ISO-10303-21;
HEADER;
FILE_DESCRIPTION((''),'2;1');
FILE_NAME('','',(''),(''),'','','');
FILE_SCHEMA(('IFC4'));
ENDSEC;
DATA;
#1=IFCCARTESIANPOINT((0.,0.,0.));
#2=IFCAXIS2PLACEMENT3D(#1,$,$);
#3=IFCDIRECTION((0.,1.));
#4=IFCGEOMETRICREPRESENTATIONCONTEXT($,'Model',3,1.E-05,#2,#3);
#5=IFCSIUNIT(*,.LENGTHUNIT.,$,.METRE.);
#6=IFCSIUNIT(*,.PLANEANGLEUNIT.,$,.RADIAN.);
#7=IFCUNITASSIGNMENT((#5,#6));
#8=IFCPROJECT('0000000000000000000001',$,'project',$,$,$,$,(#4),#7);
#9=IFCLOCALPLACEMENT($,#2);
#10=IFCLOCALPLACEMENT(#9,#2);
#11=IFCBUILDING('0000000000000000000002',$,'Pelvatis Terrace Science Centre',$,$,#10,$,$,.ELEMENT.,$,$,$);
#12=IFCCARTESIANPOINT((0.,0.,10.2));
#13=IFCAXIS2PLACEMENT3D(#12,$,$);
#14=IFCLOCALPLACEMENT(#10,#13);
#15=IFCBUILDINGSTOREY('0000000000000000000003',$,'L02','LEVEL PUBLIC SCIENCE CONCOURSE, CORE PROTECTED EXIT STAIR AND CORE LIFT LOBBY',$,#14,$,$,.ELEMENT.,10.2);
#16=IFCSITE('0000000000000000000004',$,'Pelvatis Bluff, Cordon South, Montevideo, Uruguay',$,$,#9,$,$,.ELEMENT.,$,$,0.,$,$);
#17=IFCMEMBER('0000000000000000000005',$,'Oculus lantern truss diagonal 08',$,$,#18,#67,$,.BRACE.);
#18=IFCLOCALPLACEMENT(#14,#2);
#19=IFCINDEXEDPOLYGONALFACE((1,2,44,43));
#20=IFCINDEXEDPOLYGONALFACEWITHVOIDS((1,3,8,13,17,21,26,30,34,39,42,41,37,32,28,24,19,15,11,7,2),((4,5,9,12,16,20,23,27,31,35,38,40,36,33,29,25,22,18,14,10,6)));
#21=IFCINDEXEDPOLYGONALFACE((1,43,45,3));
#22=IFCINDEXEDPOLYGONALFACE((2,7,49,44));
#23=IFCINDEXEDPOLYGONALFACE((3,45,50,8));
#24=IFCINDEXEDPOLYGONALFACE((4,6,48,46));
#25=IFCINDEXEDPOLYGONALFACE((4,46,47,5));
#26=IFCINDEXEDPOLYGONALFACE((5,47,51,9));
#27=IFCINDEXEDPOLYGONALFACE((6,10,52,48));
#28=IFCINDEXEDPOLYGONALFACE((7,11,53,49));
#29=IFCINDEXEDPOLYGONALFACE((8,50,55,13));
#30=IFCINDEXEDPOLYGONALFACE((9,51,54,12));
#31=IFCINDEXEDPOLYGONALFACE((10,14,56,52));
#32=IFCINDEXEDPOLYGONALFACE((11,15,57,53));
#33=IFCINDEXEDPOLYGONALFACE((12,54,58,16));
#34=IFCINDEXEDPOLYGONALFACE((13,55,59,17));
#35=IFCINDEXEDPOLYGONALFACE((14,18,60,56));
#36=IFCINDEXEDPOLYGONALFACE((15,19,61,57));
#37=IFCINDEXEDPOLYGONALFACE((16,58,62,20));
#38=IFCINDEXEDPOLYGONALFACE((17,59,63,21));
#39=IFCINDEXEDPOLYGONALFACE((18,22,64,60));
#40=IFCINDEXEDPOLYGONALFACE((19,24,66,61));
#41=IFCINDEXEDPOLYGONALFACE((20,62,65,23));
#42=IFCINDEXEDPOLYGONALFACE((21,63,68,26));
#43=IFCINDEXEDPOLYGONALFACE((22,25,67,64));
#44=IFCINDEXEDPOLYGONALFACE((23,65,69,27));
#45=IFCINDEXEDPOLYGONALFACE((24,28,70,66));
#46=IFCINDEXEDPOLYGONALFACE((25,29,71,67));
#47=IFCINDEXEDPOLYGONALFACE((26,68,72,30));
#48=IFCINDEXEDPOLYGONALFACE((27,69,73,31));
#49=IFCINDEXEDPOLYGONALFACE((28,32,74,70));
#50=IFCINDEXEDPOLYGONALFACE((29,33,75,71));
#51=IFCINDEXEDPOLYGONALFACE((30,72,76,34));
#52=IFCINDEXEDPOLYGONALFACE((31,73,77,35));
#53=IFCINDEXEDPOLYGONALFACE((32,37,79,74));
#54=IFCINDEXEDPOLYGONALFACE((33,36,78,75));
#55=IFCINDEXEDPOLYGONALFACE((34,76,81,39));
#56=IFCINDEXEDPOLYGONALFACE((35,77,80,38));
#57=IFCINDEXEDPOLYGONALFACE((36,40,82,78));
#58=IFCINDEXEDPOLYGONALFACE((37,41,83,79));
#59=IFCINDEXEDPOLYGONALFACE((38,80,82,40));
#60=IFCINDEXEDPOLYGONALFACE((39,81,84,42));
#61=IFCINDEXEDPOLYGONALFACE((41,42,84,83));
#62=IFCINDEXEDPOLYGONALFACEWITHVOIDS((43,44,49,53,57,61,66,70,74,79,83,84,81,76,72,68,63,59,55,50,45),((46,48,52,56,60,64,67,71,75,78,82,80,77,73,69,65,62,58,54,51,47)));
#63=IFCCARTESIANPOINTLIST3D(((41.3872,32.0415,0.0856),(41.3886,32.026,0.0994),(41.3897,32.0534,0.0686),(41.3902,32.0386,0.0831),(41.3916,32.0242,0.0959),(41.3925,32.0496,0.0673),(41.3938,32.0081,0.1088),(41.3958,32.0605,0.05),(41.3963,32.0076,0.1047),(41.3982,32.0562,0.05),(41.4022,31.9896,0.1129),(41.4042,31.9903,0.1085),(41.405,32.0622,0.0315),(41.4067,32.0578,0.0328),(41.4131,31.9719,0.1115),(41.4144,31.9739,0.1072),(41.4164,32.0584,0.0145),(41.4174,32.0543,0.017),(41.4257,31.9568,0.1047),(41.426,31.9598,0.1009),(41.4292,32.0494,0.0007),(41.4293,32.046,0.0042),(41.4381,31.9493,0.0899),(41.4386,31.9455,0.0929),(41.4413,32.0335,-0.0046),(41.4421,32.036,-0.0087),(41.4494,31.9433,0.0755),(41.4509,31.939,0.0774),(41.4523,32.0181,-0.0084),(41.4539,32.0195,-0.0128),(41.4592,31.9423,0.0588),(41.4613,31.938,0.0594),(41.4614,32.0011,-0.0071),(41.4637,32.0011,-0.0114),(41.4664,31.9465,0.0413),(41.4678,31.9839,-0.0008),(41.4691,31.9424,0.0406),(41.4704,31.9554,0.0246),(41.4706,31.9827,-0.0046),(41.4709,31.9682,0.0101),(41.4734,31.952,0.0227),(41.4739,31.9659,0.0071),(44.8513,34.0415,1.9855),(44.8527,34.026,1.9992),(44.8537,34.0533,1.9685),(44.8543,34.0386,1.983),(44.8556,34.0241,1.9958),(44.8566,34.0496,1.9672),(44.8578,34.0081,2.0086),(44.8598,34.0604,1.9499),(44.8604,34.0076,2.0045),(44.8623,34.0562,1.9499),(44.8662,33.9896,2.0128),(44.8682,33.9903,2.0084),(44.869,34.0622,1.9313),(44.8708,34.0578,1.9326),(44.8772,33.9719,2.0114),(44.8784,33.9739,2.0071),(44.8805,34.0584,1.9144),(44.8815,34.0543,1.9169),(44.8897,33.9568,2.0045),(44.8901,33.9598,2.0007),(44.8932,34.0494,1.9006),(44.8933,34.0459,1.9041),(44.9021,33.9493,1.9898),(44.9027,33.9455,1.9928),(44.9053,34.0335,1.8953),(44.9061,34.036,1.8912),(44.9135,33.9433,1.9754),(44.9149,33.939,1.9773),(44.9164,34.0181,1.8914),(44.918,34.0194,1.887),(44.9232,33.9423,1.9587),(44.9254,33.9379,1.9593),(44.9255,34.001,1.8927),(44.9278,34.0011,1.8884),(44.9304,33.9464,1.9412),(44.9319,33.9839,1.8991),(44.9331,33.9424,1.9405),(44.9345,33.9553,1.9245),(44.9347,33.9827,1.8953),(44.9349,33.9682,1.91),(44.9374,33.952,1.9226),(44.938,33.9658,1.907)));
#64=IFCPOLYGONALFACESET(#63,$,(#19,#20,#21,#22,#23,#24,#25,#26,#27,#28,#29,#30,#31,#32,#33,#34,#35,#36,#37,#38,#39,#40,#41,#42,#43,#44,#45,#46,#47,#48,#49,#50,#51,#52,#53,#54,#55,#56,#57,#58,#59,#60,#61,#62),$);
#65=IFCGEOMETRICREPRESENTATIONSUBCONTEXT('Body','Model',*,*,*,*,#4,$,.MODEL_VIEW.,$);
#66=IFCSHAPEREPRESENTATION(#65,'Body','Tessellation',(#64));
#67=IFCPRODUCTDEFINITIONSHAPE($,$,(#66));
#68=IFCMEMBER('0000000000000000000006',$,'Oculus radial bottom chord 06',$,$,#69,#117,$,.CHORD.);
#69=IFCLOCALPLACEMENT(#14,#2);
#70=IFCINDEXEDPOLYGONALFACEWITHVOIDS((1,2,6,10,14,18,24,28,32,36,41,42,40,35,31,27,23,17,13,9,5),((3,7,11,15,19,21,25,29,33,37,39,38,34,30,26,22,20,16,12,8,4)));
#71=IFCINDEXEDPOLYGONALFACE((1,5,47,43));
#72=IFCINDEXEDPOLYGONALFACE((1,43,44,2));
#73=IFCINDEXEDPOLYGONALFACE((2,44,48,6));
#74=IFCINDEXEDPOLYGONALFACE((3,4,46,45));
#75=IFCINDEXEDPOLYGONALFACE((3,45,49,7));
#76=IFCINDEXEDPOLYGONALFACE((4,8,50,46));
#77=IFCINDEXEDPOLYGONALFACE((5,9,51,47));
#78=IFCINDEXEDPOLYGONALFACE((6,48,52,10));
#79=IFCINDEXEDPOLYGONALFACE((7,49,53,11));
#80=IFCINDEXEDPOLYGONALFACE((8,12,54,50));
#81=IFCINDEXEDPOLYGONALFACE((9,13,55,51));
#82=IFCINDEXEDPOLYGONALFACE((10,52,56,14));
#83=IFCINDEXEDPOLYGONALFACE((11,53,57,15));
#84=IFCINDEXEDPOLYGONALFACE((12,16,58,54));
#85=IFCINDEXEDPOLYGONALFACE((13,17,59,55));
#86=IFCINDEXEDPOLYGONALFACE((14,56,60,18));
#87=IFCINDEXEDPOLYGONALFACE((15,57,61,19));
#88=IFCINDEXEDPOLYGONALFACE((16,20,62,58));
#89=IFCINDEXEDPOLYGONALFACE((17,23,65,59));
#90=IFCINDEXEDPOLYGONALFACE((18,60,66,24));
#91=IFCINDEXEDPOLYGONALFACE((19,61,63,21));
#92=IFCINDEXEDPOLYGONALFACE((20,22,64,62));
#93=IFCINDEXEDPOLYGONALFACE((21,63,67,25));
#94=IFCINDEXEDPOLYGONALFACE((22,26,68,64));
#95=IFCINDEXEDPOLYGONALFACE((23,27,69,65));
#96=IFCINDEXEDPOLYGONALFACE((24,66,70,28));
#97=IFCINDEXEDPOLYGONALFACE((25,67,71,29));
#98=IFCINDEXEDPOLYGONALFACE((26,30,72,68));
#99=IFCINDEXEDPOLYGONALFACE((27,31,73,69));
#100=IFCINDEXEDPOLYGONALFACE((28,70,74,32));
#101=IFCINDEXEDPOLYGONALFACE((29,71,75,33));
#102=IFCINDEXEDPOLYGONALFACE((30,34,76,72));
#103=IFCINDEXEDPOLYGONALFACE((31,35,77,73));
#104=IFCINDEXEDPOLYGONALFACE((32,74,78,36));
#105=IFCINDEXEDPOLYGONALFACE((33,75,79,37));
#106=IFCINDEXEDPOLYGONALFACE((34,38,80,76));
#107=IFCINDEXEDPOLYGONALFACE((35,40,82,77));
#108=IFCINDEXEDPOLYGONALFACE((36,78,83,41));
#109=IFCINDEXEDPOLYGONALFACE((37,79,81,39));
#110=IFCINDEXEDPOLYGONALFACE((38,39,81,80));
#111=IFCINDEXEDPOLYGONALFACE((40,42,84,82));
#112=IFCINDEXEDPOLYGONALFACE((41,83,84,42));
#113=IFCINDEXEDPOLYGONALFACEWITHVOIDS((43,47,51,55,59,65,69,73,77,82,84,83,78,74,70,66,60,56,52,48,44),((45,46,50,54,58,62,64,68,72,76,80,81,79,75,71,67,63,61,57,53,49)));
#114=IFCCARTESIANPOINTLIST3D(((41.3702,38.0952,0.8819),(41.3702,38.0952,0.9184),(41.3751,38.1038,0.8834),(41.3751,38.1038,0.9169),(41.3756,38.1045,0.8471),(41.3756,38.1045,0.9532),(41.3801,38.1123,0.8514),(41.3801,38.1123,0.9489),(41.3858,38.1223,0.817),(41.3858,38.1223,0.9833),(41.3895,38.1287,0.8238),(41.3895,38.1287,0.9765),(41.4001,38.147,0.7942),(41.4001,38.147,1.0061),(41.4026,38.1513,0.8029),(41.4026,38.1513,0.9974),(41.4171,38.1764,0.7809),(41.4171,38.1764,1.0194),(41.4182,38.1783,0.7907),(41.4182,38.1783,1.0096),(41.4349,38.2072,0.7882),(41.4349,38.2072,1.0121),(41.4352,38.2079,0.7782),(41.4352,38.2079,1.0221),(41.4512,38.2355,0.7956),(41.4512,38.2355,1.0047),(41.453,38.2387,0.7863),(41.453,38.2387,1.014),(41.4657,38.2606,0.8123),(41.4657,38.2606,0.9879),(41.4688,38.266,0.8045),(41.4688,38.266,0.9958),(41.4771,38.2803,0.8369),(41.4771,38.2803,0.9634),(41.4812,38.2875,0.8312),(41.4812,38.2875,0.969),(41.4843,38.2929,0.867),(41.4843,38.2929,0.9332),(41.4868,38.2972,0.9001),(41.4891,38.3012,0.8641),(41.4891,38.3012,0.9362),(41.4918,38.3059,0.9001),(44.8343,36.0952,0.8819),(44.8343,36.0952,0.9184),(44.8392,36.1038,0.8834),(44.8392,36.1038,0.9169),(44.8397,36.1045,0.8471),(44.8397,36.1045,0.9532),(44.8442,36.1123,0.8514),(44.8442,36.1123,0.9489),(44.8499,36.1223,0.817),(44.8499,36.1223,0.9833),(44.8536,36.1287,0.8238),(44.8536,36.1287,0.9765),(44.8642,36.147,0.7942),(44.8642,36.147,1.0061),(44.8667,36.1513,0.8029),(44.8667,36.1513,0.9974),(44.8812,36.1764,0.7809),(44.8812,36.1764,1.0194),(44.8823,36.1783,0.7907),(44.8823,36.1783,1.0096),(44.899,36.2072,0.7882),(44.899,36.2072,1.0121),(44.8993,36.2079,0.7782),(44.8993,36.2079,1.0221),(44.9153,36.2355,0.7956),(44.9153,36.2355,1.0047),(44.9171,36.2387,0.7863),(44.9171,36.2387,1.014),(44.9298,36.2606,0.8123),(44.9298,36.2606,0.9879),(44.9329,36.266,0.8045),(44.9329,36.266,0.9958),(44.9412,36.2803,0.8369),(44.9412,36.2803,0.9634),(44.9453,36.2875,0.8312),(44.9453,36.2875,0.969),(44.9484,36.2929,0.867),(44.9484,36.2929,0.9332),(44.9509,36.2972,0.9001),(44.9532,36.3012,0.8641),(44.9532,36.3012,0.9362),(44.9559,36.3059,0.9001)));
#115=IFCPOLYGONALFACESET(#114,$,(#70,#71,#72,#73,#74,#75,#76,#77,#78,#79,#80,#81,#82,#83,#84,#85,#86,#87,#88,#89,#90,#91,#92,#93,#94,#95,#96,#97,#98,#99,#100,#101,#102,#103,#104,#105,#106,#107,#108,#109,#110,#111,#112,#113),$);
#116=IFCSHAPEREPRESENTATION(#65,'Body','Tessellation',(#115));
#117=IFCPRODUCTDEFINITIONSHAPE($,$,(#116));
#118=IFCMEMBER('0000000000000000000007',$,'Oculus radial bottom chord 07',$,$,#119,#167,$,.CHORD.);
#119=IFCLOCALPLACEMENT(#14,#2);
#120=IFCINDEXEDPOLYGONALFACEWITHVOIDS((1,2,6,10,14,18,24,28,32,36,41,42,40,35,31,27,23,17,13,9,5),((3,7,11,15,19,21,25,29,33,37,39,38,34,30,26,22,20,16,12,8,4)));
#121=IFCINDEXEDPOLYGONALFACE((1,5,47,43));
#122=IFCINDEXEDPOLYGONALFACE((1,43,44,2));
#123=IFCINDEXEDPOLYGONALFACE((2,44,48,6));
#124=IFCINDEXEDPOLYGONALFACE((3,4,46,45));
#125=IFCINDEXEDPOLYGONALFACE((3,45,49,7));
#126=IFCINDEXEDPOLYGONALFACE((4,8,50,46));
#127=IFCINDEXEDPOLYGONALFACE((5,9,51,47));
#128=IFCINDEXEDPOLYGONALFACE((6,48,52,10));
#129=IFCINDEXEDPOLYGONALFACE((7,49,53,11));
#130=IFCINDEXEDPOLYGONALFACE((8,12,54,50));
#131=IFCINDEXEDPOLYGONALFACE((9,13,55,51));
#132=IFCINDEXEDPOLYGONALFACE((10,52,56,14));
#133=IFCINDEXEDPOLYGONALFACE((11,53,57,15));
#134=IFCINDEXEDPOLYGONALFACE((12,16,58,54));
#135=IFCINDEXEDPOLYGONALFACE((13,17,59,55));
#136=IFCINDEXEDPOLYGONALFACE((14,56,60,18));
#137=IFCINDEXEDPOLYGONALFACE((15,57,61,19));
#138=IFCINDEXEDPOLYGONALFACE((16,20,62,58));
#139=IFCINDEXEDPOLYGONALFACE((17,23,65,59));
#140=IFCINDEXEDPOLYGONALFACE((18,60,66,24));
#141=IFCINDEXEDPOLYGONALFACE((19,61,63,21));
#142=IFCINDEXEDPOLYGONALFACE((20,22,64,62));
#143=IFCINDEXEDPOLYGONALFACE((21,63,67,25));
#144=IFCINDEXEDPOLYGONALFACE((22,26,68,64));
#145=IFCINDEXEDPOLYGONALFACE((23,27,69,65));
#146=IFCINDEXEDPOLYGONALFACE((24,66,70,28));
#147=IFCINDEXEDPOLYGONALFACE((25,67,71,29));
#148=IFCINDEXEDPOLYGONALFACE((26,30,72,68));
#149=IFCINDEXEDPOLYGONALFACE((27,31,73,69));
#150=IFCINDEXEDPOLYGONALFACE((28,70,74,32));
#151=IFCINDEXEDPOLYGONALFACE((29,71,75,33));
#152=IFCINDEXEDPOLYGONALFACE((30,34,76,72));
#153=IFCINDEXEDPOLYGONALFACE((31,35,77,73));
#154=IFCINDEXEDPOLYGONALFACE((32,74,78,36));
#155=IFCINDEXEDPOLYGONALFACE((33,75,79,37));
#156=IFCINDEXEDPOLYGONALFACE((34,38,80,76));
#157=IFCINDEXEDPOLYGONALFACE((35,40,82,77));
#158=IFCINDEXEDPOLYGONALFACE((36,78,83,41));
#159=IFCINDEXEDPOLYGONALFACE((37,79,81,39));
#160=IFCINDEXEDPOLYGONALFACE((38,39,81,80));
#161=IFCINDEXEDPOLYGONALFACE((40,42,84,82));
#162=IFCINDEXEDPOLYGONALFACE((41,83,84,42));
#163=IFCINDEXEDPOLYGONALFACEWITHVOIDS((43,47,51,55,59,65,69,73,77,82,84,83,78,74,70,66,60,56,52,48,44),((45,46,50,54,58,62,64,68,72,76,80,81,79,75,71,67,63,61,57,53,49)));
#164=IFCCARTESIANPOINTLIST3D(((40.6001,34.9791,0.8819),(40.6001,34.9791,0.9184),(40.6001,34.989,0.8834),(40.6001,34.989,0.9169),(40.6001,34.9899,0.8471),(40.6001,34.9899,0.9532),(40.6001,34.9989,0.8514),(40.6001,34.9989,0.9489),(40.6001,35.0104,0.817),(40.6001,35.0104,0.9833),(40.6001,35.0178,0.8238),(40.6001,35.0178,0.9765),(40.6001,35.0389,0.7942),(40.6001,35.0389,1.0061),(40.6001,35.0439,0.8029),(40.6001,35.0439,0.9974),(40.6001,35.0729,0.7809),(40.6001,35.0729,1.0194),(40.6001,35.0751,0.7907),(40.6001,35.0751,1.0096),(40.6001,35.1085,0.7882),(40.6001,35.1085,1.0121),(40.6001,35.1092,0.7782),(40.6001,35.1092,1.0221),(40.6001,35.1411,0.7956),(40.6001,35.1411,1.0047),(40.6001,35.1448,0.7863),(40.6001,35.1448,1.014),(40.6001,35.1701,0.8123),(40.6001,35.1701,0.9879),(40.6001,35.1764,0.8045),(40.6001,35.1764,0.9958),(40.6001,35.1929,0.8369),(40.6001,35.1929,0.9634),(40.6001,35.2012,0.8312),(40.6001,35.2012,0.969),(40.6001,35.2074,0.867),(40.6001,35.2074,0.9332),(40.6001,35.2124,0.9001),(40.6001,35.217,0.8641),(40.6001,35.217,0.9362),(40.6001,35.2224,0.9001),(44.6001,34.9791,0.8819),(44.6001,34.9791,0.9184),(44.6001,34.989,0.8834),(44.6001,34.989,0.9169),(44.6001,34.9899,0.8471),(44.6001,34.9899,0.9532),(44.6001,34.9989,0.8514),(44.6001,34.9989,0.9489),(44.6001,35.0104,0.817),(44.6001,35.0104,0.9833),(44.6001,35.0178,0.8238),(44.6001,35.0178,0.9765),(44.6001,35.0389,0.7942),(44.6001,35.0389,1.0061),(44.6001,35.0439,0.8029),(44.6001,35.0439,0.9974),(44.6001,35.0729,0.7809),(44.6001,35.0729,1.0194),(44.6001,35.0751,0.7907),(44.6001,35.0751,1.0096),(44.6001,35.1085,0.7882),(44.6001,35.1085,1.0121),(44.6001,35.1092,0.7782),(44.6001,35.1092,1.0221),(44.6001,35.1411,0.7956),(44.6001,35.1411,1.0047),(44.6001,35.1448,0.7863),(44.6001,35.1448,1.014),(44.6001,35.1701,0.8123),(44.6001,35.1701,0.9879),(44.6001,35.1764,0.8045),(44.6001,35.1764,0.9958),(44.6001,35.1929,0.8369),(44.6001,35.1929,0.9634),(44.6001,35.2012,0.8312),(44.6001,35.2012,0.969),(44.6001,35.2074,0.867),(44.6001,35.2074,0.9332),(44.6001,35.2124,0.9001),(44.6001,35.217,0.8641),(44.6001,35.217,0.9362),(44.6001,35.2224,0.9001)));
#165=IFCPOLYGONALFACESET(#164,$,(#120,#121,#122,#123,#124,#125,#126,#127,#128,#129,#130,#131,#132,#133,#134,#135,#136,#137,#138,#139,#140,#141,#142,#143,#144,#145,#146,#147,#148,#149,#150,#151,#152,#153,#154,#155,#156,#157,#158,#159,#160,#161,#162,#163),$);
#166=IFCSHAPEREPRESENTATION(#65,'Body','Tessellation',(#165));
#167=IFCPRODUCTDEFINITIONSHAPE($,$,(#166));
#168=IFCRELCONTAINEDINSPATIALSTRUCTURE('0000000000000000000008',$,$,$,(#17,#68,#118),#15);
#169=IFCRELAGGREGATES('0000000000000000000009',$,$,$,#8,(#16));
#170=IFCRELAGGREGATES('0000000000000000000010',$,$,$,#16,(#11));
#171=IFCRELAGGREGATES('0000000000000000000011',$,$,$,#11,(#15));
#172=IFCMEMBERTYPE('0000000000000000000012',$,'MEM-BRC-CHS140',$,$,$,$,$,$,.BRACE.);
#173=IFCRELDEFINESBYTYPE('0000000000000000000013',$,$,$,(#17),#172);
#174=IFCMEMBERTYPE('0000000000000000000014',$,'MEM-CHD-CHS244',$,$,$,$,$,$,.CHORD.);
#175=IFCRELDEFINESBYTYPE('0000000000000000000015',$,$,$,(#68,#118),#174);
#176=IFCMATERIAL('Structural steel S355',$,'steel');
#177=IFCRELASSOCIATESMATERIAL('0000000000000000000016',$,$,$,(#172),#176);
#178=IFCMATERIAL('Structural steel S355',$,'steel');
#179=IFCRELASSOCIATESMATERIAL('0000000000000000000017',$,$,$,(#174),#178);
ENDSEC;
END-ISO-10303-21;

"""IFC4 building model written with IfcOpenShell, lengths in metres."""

from ifc_helpers import new_model, si_unit, direction, frame, origin, origin_2d, place, context, subcontext, project, spatial, hollow_circle, extrude, material, material_profile, profile_set, type_object, element, save


model = new_model("IFC4")

# Units and contexts
model_context = context("Model", 3, precision=1e-05, world=origin(), true_north=direction((0.0, 1.0)))
body_context = subcontext(model_context, "Body", "Model", "MODEL_VIEW")
ifc_project = project(units=[si_unit("LENGTHUNIT", "METRE"), si_unit("PLANEANGLEUNIT", "RADIAN")], contexts=[model_context])

# Site, building, storey
site_placement = place(None, origin())
site = spatial("IfcSite", under=ifc_project, at=site_placement, Name="Pelvatis Bluff, Cordon South, Montevideo, Uruguay", CompositionType="ELEMENT", RefElevation=0.0)
building_placement = place(site_placement, origin())
building = spatial("IfcBuilding", under=site, at=building_placement, Name="Pelvatis Terrace Science Centre", CompositionType="ELEMENT")
storey_placement = place(building_placement, frame((0.0, 0.0, 10.2)))
storey = spatial("IfcBuildingStorey", under=building, at=storey_placement, Name="L02", Description="LEVEL PUBLIC SCIENCE CONCOURSE, CORE PROTECTED EXIT STAIR AND CORE LIFT LOBBY", CompositionType="ELEMENT", Elevation=10.2)

# Members
ifc_material_1 = material(Name="Structural steel S355", Category="steel")
ifc_material_profile_1 = material_profile(ifc_material_1, hollow_circle(Radius=0.0698, WallThickness=0.0049, at=origin_2d()), Name="CHS 139.7x5.0")
ifc_profile_set_1 = profile_set([ifc_material_profile_1], Name="Structural steel S355")
member_type_1 = type_object("IfcMemberType", Name="MEM-BRC-CHS140", PredefinedType="BRACE", material=ifc_profile_set_1)
for number, where, z_axis, x_axis, name in (
    (1, (41.4307, 32.0, 0.05), (0.78227, 0.451642, 0.429038), (-0.499999, 0.866026, 0.0), "Oculus lantern truss diagonal 08"),
):
    element("IfcMember", number, at=place(storey_placement, frame(where, z_axis=z_axis, x_axis=x_axis)), inside=storey, type_object=member_type_1, Name=name, PredefinedType="BRACE", context=body_context, shape_type="SweptSolid", body=[
        extrude(hollow_circle(Radius=0.0698, WallThickness=0.0049, at=origin_2d()), origin(), (0.0, 0.0, 1.0), 4.4282),
    ])
ifc_material_2 = material(Name="Structural steel S355", Category="steel")
ifc_material_profile_2 = material_profile(ifc_material_2, hollow_circle(Radius=0.1223, WallThickness=0.01, at=origin_2d()), Name="CHS 244.5x10.0")
ifc_profile_set_2 = profile_set([ifc_material_profile_2], Name="Structural steel S355")
member_type_2 = type_object("IfcMemberType", Name="MEM-CHD-CHS244", PredefinedType="CHORD", material=ifc_profile_set_2)
for number, where, z_axis, x_axis, name in (
    (2, (41.4307, 38.2, 0.9001), (0.866026, -0.499999, 0.0), (0.499999, 0.866026, 0.0), "Oculus radial bottom chord 06"),
    (3, (40.6001, 35.1001, 0.9001), (1.0, 0.0, 0.0), (0.0, 1.0, 0.0), "Oculus radial bottom chord 07"),
):
    element("IfcMember", number, at=place(storey_placement, frame(where, z_axis=z_axis, x_axis=x_axis)), inside=storey, type_object=member_type_2, Name=name, PredefinedType="CHORD", context=body_context, shape_type="SweptSolid", body=[
        extrude(hollow_circle(Radius=0.1223, WallThickness=0.01, at=origin_2d()), origin(), (0.0, 0.0, 1.0), 4.0),
    ])

save(model, "model.ifc")
